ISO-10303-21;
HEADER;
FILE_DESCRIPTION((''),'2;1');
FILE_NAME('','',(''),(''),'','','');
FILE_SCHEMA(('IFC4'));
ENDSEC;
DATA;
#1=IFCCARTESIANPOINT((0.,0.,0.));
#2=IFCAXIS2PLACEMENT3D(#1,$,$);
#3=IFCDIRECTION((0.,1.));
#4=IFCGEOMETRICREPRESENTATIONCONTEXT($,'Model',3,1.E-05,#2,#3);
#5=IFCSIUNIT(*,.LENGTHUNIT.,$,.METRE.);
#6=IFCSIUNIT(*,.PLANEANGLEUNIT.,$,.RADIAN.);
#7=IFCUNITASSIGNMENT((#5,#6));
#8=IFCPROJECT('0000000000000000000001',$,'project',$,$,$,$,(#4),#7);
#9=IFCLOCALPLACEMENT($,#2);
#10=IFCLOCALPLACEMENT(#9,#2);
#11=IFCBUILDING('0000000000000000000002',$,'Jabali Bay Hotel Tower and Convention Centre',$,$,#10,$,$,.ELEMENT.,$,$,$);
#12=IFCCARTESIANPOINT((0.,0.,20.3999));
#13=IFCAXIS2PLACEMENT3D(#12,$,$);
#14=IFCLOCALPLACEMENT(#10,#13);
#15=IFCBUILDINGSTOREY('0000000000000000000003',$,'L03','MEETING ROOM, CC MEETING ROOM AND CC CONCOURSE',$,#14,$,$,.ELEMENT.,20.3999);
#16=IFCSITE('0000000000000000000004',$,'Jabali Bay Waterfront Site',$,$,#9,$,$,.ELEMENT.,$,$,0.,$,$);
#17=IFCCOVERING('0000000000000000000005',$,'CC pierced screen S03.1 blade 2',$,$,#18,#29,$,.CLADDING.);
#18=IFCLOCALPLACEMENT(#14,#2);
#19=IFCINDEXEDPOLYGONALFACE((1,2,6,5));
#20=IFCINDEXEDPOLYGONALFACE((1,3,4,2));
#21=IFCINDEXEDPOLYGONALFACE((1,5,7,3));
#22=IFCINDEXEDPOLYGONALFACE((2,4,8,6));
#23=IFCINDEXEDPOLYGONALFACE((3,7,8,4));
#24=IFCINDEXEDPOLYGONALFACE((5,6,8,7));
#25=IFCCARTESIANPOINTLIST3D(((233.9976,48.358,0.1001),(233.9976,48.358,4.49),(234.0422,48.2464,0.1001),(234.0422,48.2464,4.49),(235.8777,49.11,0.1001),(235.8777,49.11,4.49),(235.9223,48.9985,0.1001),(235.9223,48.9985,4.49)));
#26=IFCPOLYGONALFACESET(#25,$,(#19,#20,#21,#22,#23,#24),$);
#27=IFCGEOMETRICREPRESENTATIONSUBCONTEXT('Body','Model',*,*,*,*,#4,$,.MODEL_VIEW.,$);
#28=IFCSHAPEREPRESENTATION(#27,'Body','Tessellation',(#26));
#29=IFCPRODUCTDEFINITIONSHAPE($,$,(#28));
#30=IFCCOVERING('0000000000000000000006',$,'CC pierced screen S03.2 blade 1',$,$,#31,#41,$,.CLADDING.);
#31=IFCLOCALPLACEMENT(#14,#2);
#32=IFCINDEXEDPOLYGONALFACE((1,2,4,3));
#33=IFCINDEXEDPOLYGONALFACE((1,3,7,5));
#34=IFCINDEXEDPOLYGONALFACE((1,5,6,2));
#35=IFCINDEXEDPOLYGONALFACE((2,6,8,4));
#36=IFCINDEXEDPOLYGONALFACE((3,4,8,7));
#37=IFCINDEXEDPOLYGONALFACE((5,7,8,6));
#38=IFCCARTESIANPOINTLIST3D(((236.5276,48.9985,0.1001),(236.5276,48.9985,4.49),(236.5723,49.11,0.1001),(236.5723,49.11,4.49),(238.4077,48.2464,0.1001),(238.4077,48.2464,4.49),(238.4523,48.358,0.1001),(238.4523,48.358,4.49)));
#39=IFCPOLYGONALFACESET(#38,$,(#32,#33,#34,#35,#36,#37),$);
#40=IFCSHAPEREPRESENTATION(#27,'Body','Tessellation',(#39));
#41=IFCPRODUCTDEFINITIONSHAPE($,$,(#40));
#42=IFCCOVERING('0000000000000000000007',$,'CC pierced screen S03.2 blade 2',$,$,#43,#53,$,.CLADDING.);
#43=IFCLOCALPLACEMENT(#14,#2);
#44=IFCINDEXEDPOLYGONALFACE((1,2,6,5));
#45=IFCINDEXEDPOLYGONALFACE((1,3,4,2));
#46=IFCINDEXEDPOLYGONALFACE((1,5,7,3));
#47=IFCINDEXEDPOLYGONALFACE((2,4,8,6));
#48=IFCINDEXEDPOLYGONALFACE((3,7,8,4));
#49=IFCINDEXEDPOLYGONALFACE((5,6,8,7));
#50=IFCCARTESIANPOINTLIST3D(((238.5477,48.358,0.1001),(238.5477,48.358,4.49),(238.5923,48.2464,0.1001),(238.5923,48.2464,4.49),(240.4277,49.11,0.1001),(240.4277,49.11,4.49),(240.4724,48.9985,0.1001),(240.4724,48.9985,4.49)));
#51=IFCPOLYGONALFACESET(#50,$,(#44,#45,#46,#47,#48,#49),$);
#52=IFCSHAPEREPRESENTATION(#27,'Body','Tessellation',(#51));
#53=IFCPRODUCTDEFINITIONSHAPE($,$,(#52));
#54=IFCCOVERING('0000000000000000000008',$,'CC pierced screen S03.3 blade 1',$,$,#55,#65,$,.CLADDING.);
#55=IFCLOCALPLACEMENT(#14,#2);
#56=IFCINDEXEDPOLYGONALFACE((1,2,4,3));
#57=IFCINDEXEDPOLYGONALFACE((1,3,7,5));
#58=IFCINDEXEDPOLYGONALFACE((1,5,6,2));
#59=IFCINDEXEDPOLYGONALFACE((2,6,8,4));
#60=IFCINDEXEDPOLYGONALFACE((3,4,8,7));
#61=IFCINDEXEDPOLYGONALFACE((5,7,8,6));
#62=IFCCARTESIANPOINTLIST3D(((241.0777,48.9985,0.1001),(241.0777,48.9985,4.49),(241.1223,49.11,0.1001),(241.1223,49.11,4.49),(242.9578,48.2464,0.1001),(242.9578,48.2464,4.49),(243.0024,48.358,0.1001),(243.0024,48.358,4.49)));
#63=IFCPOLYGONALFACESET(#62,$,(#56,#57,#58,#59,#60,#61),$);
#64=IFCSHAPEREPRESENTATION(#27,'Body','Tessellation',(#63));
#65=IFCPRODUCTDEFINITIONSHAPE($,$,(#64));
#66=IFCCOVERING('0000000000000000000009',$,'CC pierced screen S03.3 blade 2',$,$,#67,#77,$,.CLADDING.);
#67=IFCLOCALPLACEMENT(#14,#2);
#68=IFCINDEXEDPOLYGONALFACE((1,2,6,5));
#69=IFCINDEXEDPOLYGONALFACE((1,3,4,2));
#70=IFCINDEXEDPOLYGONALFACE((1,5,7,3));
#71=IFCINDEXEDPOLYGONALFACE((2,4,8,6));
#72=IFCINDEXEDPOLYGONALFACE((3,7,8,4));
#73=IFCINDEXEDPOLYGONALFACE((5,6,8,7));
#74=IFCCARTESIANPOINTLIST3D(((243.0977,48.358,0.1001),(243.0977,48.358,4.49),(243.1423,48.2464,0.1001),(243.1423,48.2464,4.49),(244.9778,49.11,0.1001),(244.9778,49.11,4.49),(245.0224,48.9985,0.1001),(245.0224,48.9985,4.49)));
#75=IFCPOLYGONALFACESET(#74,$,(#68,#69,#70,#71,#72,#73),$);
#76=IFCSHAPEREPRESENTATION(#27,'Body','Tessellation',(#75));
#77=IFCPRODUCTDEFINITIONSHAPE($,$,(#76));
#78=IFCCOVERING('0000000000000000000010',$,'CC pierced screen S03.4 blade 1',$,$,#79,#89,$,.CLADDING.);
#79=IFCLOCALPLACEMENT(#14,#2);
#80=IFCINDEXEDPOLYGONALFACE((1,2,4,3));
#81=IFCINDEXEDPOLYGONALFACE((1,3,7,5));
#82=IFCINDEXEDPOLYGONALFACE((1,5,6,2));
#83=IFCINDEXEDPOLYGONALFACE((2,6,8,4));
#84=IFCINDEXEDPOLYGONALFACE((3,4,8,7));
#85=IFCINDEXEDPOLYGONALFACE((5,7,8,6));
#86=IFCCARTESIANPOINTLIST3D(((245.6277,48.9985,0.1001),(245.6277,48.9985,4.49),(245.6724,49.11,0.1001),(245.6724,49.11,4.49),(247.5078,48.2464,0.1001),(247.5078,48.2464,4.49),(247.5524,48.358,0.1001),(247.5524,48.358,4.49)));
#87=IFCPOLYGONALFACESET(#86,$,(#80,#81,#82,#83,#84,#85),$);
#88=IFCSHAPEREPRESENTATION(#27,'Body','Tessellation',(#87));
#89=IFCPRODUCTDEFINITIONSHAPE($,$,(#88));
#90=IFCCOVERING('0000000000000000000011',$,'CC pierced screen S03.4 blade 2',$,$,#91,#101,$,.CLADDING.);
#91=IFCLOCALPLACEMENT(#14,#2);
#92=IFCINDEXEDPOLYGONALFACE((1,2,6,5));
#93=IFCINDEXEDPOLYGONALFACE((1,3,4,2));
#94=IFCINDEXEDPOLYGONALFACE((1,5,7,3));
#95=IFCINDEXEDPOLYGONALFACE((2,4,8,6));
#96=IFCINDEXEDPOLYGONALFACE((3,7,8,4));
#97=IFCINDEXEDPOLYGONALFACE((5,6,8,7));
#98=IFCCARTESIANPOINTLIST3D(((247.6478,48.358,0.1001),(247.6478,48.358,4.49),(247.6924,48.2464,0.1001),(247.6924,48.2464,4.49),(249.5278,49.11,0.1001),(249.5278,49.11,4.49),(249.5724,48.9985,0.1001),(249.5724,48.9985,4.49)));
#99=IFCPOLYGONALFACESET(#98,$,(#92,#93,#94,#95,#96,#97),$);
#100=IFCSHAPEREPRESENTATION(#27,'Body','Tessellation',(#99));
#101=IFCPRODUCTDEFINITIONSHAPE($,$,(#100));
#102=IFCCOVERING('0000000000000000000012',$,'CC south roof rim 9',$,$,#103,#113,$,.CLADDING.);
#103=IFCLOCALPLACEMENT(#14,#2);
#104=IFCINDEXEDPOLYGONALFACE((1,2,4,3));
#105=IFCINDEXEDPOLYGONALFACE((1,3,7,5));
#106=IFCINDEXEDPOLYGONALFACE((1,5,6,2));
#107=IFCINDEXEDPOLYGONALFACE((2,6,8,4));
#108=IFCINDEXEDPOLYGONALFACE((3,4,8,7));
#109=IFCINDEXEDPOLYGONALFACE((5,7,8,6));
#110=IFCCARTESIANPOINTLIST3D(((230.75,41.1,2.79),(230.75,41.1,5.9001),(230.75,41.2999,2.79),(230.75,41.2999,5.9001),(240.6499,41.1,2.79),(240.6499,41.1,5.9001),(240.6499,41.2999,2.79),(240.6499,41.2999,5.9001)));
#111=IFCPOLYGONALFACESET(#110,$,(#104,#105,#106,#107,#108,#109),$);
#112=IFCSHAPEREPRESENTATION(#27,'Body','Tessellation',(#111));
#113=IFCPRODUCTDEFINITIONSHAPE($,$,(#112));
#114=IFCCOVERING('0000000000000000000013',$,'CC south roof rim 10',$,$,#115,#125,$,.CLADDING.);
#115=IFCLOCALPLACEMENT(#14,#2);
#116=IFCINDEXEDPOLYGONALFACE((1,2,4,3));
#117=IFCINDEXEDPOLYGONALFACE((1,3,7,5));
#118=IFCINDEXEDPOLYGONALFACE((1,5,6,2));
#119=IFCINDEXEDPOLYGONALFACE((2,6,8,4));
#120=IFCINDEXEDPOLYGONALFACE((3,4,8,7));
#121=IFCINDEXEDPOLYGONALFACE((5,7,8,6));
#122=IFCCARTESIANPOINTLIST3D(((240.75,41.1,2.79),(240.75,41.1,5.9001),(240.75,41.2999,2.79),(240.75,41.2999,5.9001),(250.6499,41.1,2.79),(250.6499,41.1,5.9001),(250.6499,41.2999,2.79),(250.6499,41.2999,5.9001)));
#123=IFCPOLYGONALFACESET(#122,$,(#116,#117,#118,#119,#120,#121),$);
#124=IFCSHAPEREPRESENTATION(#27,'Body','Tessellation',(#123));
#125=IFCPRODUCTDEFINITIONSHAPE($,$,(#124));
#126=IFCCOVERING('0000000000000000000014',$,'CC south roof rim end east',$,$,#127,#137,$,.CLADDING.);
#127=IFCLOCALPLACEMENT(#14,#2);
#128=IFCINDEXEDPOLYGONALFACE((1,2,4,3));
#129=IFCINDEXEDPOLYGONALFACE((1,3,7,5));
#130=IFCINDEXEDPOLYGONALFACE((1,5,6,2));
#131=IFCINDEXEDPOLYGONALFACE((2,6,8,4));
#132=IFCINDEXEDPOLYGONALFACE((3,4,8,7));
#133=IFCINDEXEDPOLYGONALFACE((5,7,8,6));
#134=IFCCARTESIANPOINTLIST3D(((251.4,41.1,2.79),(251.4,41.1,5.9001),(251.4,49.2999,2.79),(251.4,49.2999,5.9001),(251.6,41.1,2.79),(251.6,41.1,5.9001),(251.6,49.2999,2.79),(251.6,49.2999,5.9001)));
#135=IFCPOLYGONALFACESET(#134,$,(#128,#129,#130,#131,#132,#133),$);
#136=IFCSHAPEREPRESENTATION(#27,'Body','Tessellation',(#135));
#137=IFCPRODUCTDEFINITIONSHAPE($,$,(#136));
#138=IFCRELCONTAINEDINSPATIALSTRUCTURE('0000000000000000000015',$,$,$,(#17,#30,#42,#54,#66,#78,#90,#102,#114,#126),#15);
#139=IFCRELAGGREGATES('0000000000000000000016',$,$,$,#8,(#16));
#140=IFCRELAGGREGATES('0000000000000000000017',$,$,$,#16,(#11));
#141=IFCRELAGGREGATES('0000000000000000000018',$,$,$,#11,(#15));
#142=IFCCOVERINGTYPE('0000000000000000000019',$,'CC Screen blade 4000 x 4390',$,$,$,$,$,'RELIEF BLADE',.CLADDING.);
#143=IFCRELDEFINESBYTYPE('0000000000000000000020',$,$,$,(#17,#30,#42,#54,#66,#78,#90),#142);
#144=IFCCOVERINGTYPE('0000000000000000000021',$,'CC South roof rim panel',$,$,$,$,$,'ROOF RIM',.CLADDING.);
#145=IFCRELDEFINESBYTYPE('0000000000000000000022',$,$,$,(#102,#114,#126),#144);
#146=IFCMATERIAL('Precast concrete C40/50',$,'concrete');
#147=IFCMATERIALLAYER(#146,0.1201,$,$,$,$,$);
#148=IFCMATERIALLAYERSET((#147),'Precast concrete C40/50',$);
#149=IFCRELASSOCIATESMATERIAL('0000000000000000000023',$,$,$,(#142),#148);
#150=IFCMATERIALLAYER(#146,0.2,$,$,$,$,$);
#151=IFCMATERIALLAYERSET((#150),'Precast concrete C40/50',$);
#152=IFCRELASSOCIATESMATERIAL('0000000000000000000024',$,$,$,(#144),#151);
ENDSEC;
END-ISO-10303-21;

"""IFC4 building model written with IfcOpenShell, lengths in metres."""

from ifc_helpers import new_model, si_unit, direction, frame, origin, origin_2d, place, context, subcontext, project, spatial, rectangle, extrude, material, layer, layer_set, type_object, element, save


model = new_model("IFC4")

# Units and contexts
model_context = context("Model", 3, precision=1e-05, world=origin(), true_north=direction((0.0, 1.0)))
body_context = subcontext(model_context, "Body", "Model", "MODEL_VIEW")
ifc_project = project(units=[si_unit("LENGTHUNIT", "METRE"), si_unit("PLANEANGLEUNIT", "RADIAN")], contexts=[model_context])

# Site, building, storey
site_placement = place(None, origin())
site = spatial("IfcSite", under=ifc_project, at=site_placement, Name="Jabali Bay Waterfront Site", CompositionType="ELEMENT", RefElevation=0.0)
building_placement = place(site_placement, origin())
building = spatial("IfcBuilding", under=site, at=building_placement, Name="Jabali Bay Hotel Tower and Convention Centre", CompositionType="ELEMENT")
storey_placement = place(building_placement, frame((0.0, 0.0, 20.3999)))
storey = spatial("IfcBuildingStorey", under=building, at=storey_placement, Name="L03", Description="MEETING ROOM, CC MEETING ROOM AND CC CONCOURSE", CompositionType="ELEMENT", Elevation=20.3999)

# Shared definitions
ifc_material_1 = material(Name="Precast concrete C40/50", Category="concrete")

# Coverings
ifc_layer_1 = layer(ifc_material_1, 0.1201)
ifc_layer_set_1 = layer_set([ifc_layer_1], Name="Precast concrete C40/50")
covering_type_1 = type_object("IfcCoveringType", Name="CC Screen blade 4000 x 4390", ElementType="RELIEF BLADE", PredefinedType="CLADDING", material=ifc_layer_set_1)
for number, where, z_axis, x_axis, name in (
    (1, (234.96, 48.6782, 0.1001), (0.0, 0.0, 1.0), (-0.928477, -0.371391, 0.0), "CC pierced screen S03.1 blade 2"),
    (2, (237.49, 48.6782, 0.1001), (0.0, 0.0, 1.0), (0.928477, -0.371391, 0.0), "CC pierced screen S03.2 blade 1"),
    (3, (239.51, 48.6782, 0.1001), (0.0, 0.0, 1.0), (-0.928477, -0.371391, 0.0), "CC pierced screen S03.2 blade 2"),
    (4, (242.04, 48.6782, 0.1001), (0.0, 0.0, 1.0), (0.928477, -0.371391, 0.0), "CC pierced screen S03.3 blade 1"),
    (5, (244.0601, 48.6782, 0.1001), (0.0, 0.0, 1.0), (-0.928477, -0.371391, 0.0), "CC pierced screen S03.3 blade 2"),
    (6, (246.5901, 48.6782, 0.1001), (0.0, 0.0, 1.0), (0.928477, -0.371391, 0.0), "CC pierced screen S03.4 blade 1"),
    (7, (248.6101, 48.6782, 0.1001), (0.0, 0.0, 1.0), (-0.928477, -0.371391, 0.0), "CC pierced screen S03.4 blade 2"),
):
    element("IfcCovering", number, at=place(storey_placement, frame(where, z_axis=z_axis, x_axis=x_axis)), inside=storey, type_object=covering_type_1, Name=name, PredefinedType="CLADDING", context=body_context, shape_type="SweptSolid", body=[
        extrude(rectangle(XDim=2.0249, YDim=0.1201, at=origin_2d()), origin(), (0.0, 0.0, 1.0), 4.3899),
    ])
ifc_layer_2 = layer(ifc_material_1, 0.2)
ifc_layer_set_2 = layer_set([ifc_layer_2], Name="Precast concrete C40/50")
covering_type_2 = type_object("IfcCoveringType", Name="CC South roof rim panel", ElementType="ROOF RIM", PredefinedType="CLADDING", material=ifc_layer_set_2)
for number, where, z_axis, x_axis, name in (
    (8, (235.7, 41.2, 2.79), (0.0, 0.0, 1.0), (1.0, 0.0, 0.0), "CC south roof rim 9"),
    (9, (245.7, 41.2, 2.79), (0.0, 0.0, 1.0), (1.0, 0.0, 0.0), "CC south roof rim 10"),
):
    element("IfcCovering", number, at=place(storey_placement, frame(where, z_axis=z_axis, x_axis=x_axis)), inside=storey, type_object=covering_type_2, Name=name, PredefinedType="CLADDING", context=body_context, shape_type="SweptSolid", body=[
        extrude(rectangle(XDim=9.8999, YDim=0.2, at=origin_2d()), origin(), (0.0, 0.0, 1.0), 3.1101),
    ])
covering_placement = place(storey_placement, frame((251.5, 45.2, 2.79), z_axis=(0.0, 0.0, 1.0), x_axis=(1.0, 0.0, 0.0)))
element("IfcCovering", 10, at=covering_placement, inside=storey, type_object=covering_type_2, Name="CC south roof rim end east", PredefinedType="CLADDING", context=body_context, shape_type="SweptSolid", body=[
    extrude(rectangle(XDim=0.2, YDim=8.2, at=origin_2d()), origin(), (0.0, 0.0, 1.0), 3.1101),
])

save(model, "model.ifc")
